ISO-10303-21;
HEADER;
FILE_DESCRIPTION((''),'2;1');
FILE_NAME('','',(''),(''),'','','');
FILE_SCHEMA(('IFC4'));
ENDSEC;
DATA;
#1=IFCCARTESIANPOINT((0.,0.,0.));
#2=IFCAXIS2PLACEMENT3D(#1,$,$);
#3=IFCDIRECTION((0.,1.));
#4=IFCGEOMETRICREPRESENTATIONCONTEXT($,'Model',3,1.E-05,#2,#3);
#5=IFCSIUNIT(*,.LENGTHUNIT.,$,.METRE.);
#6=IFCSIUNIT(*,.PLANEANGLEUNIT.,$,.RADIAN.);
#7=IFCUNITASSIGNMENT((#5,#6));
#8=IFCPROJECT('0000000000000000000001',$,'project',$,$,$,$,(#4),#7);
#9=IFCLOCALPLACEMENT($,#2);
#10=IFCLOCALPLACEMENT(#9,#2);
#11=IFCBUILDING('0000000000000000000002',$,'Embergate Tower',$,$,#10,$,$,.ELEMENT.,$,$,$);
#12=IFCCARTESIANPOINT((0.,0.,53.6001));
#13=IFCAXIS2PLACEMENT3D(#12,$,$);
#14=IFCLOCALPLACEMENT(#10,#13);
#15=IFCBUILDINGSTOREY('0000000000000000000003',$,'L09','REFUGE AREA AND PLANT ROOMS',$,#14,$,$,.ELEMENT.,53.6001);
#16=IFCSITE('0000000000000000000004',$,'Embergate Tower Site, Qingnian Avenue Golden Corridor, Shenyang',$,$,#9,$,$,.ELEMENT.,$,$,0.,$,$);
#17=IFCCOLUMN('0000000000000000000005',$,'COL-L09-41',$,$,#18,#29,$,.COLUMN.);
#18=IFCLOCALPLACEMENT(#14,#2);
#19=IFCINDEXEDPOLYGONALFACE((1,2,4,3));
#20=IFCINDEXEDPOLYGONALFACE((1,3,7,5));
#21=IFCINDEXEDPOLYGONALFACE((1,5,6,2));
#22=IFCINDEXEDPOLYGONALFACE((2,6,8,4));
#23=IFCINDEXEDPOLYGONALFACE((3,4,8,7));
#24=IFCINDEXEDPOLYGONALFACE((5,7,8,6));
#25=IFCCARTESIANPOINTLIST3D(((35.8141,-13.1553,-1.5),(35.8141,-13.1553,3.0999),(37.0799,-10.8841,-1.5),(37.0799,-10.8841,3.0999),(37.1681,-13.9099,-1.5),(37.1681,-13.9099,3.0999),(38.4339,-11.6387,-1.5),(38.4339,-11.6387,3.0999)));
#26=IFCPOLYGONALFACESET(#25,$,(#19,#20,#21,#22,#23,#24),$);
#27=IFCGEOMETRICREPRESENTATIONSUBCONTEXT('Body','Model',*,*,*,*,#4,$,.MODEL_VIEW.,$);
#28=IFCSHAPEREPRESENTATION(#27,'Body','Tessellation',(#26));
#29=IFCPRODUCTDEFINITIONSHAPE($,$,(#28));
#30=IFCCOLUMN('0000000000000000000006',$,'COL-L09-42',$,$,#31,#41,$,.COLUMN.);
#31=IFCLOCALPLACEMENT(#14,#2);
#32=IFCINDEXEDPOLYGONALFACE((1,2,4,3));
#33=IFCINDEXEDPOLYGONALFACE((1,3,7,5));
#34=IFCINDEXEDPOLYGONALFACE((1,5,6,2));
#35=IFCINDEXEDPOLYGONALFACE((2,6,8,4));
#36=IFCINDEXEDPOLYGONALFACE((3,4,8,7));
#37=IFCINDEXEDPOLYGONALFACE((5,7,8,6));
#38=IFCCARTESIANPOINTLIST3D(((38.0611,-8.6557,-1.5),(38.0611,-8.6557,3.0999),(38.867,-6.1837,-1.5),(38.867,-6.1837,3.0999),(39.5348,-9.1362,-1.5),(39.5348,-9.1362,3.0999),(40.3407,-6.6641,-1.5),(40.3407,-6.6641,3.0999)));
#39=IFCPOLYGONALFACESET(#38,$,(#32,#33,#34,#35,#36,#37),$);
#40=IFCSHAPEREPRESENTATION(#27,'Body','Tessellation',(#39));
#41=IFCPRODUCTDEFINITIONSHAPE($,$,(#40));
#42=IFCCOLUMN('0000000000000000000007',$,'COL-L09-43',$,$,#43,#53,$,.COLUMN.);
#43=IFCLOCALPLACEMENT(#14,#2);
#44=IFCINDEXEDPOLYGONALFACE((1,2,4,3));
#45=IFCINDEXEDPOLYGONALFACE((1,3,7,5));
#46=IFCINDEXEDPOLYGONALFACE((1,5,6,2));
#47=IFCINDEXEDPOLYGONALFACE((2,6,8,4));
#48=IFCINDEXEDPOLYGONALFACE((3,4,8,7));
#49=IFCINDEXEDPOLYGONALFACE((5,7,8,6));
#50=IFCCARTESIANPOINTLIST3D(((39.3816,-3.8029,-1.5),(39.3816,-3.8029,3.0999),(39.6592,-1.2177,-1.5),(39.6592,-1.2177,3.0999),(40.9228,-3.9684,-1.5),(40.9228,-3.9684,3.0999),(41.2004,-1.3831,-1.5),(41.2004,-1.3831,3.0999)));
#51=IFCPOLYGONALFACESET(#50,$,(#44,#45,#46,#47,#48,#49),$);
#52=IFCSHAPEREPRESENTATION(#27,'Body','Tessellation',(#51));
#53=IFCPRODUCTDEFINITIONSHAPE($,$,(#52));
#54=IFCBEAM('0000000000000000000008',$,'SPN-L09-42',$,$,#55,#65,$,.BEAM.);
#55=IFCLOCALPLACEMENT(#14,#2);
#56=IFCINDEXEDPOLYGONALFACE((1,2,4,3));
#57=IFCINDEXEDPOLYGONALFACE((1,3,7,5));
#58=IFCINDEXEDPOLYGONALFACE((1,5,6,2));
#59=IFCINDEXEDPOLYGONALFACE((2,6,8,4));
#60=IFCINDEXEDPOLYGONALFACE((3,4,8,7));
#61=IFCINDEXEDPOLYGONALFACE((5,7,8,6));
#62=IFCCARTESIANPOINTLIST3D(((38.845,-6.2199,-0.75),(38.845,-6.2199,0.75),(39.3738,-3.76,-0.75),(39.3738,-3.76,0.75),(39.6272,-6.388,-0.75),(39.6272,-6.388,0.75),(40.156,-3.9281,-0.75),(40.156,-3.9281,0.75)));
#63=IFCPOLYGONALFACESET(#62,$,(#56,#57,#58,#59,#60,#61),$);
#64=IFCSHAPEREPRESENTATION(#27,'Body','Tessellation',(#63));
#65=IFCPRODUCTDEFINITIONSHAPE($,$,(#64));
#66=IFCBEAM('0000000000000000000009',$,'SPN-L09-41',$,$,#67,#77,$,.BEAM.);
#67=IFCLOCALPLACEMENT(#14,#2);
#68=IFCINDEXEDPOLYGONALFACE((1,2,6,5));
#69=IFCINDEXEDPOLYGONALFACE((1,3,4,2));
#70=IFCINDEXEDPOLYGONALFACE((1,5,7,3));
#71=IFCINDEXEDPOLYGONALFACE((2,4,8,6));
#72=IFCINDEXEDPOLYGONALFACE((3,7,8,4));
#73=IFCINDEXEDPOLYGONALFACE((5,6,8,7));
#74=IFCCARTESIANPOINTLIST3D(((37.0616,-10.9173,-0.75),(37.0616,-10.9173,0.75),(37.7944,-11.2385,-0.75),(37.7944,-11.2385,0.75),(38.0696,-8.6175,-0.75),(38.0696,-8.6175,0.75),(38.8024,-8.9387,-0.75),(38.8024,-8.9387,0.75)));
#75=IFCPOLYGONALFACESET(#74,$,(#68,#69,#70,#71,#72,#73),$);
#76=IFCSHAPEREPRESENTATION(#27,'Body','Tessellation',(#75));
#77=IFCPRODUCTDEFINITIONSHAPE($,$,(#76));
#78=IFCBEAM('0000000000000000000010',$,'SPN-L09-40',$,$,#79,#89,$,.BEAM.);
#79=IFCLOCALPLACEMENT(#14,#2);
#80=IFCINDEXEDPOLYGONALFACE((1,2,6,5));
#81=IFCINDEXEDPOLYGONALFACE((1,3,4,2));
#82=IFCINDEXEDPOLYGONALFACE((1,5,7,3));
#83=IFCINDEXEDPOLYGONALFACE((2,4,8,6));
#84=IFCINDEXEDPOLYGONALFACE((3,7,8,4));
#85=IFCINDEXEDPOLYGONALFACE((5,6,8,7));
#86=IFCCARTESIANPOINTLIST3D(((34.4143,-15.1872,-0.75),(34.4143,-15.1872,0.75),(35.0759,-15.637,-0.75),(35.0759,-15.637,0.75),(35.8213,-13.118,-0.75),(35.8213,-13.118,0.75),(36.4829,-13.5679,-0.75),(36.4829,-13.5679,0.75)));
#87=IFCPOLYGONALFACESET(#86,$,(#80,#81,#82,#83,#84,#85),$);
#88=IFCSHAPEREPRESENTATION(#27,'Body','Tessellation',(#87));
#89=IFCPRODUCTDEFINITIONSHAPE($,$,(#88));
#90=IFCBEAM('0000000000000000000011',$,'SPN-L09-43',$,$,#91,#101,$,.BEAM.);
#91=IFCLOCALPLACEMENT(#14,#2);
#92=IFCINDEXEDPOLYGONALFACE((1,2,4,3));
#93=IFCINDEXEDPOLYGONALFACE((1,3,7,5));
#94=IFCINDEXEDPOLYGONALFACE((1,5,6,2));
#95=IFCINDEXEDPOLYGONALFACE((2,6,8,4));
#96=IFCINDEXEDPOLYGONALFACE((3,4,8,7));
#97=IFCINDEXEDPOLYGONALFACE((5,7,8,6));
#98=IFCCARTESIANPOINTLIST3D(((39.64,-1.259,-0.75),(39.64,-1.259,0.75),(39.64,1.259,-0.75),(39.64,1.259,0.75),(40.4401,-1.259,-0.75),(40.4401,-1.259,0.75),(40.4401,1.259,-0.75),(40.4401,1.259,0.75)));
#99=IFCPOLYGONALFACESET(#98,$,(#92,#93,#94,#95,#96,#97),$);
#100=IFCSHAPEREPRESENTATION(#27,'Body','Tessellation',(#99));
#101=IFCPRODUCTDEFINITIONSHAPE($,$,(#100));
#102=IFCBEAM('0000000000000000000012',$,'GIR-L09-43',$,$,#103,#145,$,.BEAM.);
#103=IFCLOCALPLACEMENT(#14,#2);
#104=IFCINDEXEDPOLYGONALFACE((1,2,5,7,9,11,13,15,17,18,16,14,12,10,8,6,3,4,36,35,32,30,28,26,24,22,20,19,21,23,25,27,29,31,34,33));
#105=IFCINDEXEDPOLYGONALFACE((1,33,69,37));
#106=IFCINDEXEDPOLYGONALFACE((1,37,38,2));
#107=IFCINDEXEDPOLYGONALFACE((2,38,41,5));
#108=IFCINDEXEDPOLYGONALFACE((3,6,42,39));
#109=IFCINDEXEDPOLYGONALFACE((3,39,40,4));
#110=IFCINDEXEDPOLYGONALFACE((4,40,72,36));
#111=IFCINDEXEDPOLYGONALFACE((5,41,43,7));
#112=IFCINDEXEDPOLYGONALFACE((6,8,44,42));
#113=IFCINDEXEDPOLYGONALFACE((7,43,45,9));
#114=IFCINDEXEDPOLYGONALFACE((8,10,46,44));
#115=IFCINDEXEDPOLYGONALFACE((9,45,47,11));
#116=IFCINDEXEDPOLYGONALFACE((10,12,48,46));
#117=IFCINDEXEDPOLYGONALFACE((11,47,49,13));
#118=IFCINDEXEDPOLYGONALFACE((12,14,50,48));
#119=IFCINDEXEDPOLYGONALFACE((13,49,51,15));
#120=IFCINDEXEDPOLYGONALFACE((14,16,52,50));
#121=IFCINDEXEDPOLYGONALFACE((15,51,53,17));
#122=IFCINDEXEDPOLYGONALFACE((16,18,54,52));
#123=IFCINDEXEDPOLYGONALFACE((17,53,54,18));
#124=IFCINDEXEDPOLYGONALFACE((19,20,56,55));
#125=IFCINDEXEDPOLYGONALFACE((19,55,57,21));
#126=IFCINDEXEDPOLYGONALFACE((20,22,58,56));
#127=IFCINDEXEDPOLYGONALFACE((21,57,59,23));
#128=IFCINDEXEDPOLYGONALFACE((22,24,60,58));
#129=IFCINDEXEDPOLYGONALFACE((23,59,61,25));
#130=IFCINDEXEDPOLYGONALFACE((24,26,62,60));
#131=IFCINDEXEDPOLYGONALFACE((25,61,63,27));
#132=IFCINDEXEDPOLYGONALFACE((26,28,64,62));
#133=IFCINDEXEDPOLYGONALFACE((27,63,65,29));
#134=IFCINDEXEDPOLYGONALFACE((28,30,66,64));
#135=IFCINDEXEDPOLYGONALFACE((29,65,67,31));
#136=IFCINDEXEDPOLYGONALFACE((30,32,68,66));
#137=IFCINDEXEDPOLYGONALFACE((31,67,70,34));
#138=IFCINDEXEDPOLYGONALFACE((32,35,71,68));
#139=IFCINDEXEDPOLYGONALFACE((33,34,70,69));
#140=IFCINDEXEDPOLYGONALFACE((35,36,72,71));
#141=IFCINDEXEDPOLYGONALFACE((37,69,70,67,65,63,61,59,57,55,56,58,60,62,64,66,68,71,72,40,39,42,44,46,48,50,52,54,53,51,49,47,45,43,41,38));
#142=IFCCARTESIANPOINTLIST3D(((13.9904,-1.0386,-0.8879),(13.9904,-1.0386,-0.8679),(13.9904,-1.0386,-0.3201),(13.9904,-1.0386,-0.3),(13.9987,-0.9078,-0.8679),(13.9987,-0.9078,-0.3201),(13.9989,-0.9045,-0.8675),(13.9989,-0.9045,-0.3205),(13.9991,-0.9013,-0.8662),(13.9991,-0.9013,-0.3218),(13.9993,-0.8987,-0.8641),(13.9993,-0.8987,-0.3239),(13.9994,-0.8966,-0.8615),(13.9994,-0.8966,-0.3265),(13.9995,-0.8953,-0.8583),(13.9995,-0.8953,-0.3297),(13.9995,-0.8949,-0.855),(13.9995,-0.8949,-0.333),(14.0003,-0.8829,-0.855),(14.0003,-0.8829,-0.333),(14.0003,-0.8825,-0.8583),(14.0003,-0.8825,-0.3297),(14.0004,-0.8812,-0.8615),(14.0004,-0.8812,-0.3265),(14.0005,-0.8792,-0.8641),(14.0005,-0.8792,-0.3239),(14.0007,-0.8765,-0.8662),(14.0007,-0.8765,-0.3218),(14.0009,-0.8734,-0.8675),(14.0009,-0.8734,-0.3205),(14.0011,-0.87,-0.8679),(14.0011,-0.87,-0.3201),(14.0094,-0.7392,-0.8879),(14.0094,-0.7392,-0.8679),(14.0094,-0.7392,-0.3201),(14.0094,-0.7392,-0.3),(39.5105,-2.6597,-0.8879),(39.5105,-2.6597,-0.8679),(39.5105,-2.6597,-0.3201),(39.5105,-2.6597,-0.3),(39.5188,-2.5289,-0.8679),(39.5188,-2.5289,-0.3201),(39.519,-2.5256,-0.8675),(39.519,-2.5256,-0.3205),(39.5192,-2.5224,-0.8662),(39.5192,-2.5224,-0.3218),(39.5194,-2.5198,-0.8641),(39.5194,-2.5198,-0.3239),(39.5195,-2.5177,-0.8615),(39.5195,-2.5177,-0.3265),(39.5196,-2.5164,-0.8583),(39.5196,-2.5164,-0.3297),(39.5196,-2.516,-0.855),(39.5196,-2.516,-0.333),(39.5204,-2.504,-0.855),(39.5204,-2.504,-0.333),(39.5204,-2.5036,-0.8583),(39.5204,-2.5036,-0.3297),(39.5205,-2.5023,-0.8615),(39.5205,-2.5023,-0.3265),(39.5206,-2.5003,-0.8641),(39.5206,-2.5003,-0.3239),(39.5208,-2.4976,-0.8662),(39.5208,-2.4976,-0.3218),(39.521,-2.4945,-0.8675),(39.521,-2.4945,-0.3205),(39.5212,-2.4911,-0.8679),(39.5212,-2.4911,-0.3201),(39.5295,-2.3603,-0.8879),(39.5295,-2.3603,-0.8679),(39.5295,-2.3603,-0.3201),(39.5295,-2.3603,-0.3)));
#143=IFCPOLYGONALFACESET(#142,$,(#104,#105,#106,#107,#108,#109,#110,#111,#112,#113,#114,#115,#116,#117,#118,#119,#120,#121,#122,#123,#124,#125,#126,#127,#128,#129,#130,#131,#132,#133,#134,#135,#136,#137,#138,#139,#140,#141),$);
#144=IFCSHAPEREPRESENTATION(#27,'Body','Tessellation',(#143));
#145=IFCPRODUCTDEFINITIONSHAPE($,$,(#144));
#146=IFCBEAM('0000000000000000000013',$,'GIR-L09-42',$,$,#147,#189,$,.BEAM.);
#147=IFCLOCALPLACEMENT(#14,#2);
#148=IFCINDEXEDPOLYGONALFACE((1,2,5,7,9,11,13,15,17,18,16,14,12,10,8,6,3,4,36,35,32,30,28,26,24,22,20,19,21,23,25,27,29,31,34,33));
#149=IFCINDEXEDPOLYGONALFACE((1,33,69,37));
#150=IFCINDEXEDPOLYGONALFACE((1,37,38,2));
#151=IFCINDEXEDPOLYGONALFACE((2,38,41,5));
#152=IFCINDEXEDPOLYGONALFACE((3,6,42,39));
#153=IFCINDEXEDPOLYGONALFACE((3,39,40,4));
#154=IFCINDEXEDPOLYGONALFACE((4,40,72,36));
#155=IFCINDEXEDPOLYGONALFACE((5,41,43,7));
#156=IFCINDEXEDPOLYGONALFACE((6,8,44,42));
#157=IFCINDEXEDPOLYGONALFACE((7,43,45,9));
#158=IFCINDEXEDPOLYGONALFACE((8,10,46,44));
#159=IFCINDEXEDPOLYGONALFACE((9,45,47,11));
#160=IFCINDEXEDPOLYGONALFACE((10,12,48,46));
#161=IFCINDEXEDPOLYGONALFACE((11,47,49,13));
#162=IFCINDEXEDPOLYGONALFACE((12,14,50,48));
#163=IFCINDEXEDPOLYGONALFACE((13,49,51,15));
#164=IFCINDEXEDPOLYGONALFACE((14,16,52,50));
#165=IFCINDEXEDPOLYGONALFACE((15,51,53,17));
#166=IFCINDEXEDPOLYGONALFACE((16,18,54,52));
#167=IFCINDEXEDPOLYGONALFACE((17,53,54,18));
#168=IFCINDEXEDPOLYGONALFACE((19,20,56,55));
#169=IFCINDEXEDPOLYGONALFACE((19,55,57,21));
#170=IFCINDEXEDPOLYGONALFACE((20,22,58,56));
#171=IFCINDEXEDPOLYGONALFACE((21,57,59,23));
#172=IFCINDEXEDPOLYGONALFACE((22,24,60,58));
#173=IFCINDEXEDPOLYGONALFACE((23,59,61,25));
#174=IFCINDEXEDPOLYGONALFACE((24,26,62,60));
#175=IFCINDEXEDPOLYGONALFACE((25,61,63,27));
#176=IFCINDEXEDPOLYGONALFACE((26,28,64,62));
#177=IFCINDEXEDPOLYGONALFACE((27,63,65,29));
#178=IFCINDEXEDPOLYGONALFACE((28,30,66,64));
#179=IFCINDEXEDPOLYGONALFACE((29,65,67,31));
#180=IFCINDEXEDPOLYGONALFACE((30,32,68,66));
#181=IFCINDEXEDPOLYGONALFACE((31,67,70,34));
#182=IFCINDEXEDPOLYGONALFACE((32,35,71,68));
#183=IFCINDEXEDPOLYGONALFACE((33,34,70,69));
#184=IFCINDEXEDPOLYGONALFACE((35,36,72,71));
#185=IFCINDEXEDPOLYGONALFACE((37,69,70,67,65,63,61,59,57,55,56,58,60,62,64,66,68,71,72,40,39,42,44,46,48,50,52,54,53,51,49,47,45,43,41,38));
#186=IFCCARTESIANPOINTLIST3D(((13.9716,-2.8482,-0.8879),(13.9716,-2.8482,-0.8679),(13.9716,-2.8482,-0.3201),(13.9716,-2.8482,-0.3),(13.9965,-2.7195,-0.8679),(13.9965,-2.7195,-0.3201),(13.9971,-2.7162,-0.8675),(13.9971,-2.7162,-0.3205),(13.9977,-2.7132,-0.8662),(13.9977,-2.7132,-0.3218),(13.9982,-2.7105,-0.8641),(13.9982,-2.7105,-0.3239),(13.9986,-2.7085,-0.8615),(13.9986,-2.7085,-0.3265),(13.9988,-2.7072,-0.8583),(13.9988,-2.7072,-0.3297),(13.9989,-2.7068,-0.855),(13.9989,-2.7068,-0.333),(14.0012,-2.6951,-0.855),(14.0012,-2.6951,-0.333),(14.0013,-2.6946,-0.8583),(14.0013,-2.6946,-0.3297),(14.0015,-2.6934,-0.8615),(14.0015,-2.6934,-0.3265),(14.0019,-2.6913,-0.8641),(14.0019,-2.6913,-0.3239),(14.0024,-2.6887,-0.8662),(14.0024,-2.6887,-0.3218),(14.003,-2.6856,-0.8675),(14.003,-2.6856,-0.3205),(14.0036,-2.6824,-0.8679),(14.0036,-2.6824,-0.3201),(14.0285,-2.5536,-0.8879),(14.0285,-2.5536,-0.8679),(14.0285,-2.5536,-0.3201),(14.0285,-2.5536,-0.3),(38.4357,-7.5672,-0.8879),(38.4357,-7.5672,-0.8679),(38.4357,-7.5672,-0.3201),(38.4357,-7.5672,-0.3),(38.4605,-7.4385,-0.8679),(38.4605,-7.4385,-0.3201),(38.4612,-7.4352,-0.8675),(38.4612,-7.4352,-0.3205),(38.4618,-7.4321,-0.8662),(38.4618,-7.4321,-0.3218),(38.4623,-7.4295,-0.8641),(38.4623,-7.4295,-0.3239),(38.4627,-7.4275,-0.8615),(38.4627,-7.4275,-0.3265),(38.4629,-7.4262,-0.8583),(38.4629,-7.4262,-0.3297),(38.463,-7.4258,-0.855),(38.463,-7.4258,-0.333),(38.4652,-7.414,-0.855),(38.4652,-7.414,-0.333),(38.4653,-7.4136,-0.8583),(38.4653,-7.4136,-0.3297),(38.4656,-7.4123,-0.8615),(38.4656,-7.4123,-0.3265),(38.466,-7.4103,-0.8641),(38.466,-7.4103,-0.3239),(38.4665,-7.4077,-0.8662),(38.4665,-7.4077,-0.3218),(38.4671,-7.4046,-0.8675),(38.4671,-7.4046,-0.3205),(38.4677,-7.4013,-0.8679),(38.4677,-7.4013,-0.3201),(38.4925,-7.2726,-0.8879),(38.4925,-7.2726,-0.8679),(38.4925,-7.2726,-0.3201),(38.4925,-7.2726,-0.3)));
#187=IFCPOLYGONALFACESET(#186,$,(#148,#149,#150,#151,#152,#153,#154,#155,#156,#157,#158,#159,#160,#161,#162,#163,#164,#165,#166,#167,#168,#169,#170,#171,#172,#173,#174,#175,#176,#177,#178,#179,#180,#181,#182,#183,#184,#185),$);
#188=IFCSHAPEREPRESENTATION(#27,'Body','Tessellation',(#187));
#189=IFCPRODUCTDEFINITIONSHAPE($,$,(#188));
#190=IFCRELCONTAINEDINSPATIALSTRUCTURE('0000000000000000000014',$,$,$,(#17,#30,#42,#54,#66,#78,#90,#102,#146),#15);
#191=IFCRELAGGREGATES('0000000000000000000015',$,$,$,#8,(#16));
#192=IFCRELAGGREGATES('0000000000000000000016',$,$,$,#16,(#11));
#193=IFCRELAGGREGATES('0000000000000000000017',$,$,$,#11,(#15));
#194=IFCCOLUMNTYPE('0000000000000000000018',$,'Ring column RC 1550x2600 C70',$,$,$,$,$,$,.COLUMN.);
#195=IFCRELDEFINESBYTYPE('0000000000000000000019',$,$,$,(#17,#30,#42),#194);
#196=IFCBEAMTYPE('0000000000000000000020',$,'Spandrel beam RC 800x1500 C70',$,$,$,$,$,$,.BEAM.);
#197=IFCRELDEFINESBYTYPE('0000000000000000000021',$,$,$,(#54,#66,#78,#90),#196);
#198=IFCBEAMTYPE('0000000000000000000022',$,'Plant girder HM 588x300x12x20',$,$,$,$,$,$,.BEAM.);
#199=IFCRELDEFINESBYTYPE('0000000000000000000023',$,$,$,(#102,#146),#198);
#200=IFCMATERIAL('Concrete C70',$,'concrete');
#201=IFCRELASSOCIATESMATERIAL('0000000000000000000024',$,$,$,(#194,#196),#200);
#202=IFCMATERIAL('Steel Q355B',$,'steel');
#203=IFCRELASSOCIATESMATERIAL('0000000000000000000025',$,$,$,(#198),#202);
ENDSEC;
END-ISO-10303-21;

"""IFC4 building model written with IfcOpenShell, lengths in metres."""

from ifc_helpers import new_model, si_unit, direction, frame, origin, origin_2d, place, context, subcontext, project, spatial, rectangle, i_section, extrude, source, transform, mapped, material, material_profile, profile_set, type_object, element, save


model = new_model("IFC4")

# Units and contexts
model_context = context("Model", 3, precision=1e-05, world=origin(), true_north=direction((0.0, 1.0)))
body_context = subcontext(model_context, "Body", "Model", "MODEL_VIEW")
ifc_project = project(units=[si_unit("LENGTHUNIT", "METRE"), si_unit("PLANEANGLEUNIT", "RADIAN")], contexts=[model_context])

# Site, building, storey
site_placement = place(None, origin())
site = spatial("IfcSite", under=ifc_project, at=site_placement, Name="Embergate Tower Site, Qingnian Avenue Golden Corridor, Shenyang", CompositionType="ELEMENT", RefElevation=0.0)
building_placement = place(site_placement, origin())
building = spatial("IfcBuilding", under=site, at=building_placement, Name="Embergate Tower", CompositionType="ELEMENT")
storey_placement = place(building_placement, frame((0.0, 0.0, 53.6001)))
storey = spatial("IfcBuildingStorey", under=building, at=storey_placement, Name="L09", Description="REFUGE AREA AND PLANT ROOMS", CompositionType="ELEMENT", Elevation=53.6001)

# Columns
ifc_material_1 = material(Name="Concrete C70", Category="concrete")
ifc_material_profile_1 = material_profile(ifc_material_1, rectangle(XDim=1.55, YDim=2.6001, at=origin_2d()), Name="RC 1550x2600")
ifc_profile_set_1 = profile_set([ifc_material_profile_1], Name="Concrete C70")
column_type = type_object("IfcColumnType", Name="Ring column RC 1550x2600 C70", PredefinedType="COLUMN", material=ifc_profile_set_1)
shared_shape_1 = source(origin(), body_context, "Body", "SweptSolid", [
    extrude(rectangle(XDim=1.55, YDim=2.6001, at=origin_2d()), origin(), (0.0, 0.0, 1.0), 4.5999),
])
for number, where, z_axis, x_axis, name in (
    (1, (37.124, -12.397, -1.5), (0.0, 0.0, 1.0), (0.8735, -0.486823, 0.0), "COL-L09-41"),
    (2, (39.2009, -7.6599, -1.5), (0.0, 0.0, 1.0), (0.950754, -0.309946, 0.0), "COL-L09-42"),
    (3, (40.291, -2.593, -1.5), (0.0, 0.0, 1.0), (0.994286, -0.10675, 0.0), "COL-L09-43"),
):
    element("IfcColumn", number, at=place(storey_placement, frame(where, z_axis=z_axis, x_axis=x_axis)), inside=storey, type_object=column_type, Name=name, PredefinedType="COLUMN", context=body_context, shape_type="MappedRepresentation", body=[
        mapped(shared_shape_1, transform((0.0, 0.0, 0.0))),
    ])

# Beams
ifc_material_profile_2 = material_profile(ifc_material_1, rectangle(XDim=0.8, YDim=1.5, at=origin_2d()), Name="RC 800x1500")
ifc_profile_set_2 = profile_set([ifc_material_profile_2], Name="Concrete C70")
beam_type_1 = type_object("IfcBeamType", Name="Spandrel beam RC 800x1500 C70", PredefinedType="BEAM", material=ifc_profile_set_2)
shared_shape_2 = source(origin(), body_context, "Body", "SweptSolid", [
    extrude(rectangle(XDim=0.8, YDim=1.5, at=origin_2d()), origin(), (0.0, 0.0, 1.0), 2.5161),
])
beam_1_placement = place(storey_placement, frame((39.2361, -6.304, 0.0), z_axis=(0.210165, 0.977666, 0.0), x_axis=(-0.977666, 0.210165, 0.0)))
element("IfcBeam", 4, at=beam_1_placement, inside=storey, type_object=beam_type_1, Name="SPN-L09-42", PredefinedType="BEAM", context=body_context, shape_type="MappedRepresentation", body=[
    mapped(shared_shape_2, transform((0.0, 0.0, 0.0))),
])
shared_shape_3 = source(origin(), body_context, "Body", "SweptSolid", [
    extrude(rectangle(XDim=0.8, YDim=1.5, at=origin_2d()), origin(), (0.0, 0.0, 1.0), 2.511),
])
beam_2_placement = place(storey_placement, frame((37.428, -11.0779, 0.0), z_axis=(0.401451, 0.91588, 0.0), x_axis=(-0.91588, 0.401451, 0.0)))
element("IfcBeam", 5, at=beam_2_placement, inside=storey, type_object=beam_type_1, Name="SPN-L09-41", PredefinedType="BEAM", context=body_context, shape_type="MappedRepresentation", body=[
    mapped(shared_shape_3, transform((0.0, 0.0, 0.0))),
])
shared_shape_4 = source(origin(), body_context, "Body", "SweptSolid", [
    extrude(rectangle(XDim=0.8, YDim=1.5, at=origin_2d()), origin(), (0.0, 0.0, 1.0), 2.5022),
])
beam_3_placement = place(storey_placement, frame((34.7451, -15.4121, 0.0), z_axis=(0.56231, 0.826927, 0.0), x_axis=(-0.826927, 0.56231, 0.0)))
element("IfcBeam", 6, at=beam_3_placement, inside=storey, type_object=beam_type_1, Name="SPN-L09-40", PredefinedType="BEAM", context=body_context, shape_type="MappedRepresentation", body=[
    mapped(shared_shape_4, transform((0.0, 0.0, 0.0))),
])
shared_shape_5 = source(origin(), body_context, "Body", "SweptSolid", [
    extrude(rectangle(XDim=0.8, YDim=1.5, at=origin_2d()), origin(), (0.0, 0.0, 1.0), 2.5181),
])
beam_4_placement = place(storey_placement, frame((40.04, -1.259, 0.0), z_axis=(0.0, 1.0, 0.0), x_axis=(-1.0, 0.0, 0.0)))
element("IfcBeam", 7, at=beam_4_placement, inside=storey, type_object=beam_type_1, Name="SPN-L09-43", PredefinedType="BEAM", context=body_context, shape_type="MappedRepresentation", body=[
    mapped(shared_shape_5, transform((0.0, 0.0, 0.0))),
])
ifc_material_2 = material(Name="Steel Q355B", Category="steel")
ifc_material_profile_3 = material_profile(ifc_material_2, i_section(OverallWidth=0.3, OverallDepth=0.5879, WebThickness=0.012, FlangeThickness=0.02, FilletRadius=0.0129, at=origin_2d()), Name="HM 588x300x12x20")
ifc_profile_set_3 = profile_set([ifc_material_profile_3], Name="Steel Q355 grade B")
beam_type_2 = type_object("IfcBeamType", Name="Plant girder HM 588x300x12x20", PredefinedType="BEAM", material=ifc_profile_set_3)
shared_shape_6 = source(origin(), body_context, "Body", "SweptSolid", [
    extrude(i_section(OverallWidth=0.3, OverallDepth=0.5879, WebThickness=0.012, FlangeThickness=0.02, FilletRadius=0.0129, at=origin_2d()), origin(), (0.0, 0.0, 1.0), 25.5715),
])
beam_5_placement = place(storey_placement, frame((39.52, -2.51, -0.594), z_axis=(-0.997989, 0.063395, 0.0), x_axis=(-0.063395, -0.997989, 0.0)))
element("IfcBeam", 8, at=beam_5_placement, inside=storey, type_object=beam_type_2, Name="GIR-L09-43", PredefinedType="BEAM", context=body_context, shape_type="MappedRepresentation", body=[
    mapped(shared_shape_6, transform((0.0, 0.0, 0.0))),
])
shared_shape_7 = source(origin(), body_context, "Body", "SweptSolid", [
    extrude(i_section(OverallWidth=0.3, OverallDepth=0.5879, WebThickness=0.012, FlangeThickness=0.02, FilletRadius=0.0129, at=origin_2d()), origin(), (0.0, 0.0, 1.0), 24.915),
])
beam_6_placement = place(storey_placement, frame((38.4641, -7.4199, -0.594), z_axis=(-0.981899, 0.189403, 0.0), x_axis=(-0.189403, -0.981899, 0.0)))
element("IfcBeam", 9, at=beam_6_placement, inside=storey, type_object=beam_type_2, Name="GIR-L09-42", PredefinedType="BEAM", context=body_context, shape_type="MappedRepresentation", body=[
    mapped(shared_shape_7, transform((0.0, 0.0, 0.0))),
])

save(model, "model.ifc")
